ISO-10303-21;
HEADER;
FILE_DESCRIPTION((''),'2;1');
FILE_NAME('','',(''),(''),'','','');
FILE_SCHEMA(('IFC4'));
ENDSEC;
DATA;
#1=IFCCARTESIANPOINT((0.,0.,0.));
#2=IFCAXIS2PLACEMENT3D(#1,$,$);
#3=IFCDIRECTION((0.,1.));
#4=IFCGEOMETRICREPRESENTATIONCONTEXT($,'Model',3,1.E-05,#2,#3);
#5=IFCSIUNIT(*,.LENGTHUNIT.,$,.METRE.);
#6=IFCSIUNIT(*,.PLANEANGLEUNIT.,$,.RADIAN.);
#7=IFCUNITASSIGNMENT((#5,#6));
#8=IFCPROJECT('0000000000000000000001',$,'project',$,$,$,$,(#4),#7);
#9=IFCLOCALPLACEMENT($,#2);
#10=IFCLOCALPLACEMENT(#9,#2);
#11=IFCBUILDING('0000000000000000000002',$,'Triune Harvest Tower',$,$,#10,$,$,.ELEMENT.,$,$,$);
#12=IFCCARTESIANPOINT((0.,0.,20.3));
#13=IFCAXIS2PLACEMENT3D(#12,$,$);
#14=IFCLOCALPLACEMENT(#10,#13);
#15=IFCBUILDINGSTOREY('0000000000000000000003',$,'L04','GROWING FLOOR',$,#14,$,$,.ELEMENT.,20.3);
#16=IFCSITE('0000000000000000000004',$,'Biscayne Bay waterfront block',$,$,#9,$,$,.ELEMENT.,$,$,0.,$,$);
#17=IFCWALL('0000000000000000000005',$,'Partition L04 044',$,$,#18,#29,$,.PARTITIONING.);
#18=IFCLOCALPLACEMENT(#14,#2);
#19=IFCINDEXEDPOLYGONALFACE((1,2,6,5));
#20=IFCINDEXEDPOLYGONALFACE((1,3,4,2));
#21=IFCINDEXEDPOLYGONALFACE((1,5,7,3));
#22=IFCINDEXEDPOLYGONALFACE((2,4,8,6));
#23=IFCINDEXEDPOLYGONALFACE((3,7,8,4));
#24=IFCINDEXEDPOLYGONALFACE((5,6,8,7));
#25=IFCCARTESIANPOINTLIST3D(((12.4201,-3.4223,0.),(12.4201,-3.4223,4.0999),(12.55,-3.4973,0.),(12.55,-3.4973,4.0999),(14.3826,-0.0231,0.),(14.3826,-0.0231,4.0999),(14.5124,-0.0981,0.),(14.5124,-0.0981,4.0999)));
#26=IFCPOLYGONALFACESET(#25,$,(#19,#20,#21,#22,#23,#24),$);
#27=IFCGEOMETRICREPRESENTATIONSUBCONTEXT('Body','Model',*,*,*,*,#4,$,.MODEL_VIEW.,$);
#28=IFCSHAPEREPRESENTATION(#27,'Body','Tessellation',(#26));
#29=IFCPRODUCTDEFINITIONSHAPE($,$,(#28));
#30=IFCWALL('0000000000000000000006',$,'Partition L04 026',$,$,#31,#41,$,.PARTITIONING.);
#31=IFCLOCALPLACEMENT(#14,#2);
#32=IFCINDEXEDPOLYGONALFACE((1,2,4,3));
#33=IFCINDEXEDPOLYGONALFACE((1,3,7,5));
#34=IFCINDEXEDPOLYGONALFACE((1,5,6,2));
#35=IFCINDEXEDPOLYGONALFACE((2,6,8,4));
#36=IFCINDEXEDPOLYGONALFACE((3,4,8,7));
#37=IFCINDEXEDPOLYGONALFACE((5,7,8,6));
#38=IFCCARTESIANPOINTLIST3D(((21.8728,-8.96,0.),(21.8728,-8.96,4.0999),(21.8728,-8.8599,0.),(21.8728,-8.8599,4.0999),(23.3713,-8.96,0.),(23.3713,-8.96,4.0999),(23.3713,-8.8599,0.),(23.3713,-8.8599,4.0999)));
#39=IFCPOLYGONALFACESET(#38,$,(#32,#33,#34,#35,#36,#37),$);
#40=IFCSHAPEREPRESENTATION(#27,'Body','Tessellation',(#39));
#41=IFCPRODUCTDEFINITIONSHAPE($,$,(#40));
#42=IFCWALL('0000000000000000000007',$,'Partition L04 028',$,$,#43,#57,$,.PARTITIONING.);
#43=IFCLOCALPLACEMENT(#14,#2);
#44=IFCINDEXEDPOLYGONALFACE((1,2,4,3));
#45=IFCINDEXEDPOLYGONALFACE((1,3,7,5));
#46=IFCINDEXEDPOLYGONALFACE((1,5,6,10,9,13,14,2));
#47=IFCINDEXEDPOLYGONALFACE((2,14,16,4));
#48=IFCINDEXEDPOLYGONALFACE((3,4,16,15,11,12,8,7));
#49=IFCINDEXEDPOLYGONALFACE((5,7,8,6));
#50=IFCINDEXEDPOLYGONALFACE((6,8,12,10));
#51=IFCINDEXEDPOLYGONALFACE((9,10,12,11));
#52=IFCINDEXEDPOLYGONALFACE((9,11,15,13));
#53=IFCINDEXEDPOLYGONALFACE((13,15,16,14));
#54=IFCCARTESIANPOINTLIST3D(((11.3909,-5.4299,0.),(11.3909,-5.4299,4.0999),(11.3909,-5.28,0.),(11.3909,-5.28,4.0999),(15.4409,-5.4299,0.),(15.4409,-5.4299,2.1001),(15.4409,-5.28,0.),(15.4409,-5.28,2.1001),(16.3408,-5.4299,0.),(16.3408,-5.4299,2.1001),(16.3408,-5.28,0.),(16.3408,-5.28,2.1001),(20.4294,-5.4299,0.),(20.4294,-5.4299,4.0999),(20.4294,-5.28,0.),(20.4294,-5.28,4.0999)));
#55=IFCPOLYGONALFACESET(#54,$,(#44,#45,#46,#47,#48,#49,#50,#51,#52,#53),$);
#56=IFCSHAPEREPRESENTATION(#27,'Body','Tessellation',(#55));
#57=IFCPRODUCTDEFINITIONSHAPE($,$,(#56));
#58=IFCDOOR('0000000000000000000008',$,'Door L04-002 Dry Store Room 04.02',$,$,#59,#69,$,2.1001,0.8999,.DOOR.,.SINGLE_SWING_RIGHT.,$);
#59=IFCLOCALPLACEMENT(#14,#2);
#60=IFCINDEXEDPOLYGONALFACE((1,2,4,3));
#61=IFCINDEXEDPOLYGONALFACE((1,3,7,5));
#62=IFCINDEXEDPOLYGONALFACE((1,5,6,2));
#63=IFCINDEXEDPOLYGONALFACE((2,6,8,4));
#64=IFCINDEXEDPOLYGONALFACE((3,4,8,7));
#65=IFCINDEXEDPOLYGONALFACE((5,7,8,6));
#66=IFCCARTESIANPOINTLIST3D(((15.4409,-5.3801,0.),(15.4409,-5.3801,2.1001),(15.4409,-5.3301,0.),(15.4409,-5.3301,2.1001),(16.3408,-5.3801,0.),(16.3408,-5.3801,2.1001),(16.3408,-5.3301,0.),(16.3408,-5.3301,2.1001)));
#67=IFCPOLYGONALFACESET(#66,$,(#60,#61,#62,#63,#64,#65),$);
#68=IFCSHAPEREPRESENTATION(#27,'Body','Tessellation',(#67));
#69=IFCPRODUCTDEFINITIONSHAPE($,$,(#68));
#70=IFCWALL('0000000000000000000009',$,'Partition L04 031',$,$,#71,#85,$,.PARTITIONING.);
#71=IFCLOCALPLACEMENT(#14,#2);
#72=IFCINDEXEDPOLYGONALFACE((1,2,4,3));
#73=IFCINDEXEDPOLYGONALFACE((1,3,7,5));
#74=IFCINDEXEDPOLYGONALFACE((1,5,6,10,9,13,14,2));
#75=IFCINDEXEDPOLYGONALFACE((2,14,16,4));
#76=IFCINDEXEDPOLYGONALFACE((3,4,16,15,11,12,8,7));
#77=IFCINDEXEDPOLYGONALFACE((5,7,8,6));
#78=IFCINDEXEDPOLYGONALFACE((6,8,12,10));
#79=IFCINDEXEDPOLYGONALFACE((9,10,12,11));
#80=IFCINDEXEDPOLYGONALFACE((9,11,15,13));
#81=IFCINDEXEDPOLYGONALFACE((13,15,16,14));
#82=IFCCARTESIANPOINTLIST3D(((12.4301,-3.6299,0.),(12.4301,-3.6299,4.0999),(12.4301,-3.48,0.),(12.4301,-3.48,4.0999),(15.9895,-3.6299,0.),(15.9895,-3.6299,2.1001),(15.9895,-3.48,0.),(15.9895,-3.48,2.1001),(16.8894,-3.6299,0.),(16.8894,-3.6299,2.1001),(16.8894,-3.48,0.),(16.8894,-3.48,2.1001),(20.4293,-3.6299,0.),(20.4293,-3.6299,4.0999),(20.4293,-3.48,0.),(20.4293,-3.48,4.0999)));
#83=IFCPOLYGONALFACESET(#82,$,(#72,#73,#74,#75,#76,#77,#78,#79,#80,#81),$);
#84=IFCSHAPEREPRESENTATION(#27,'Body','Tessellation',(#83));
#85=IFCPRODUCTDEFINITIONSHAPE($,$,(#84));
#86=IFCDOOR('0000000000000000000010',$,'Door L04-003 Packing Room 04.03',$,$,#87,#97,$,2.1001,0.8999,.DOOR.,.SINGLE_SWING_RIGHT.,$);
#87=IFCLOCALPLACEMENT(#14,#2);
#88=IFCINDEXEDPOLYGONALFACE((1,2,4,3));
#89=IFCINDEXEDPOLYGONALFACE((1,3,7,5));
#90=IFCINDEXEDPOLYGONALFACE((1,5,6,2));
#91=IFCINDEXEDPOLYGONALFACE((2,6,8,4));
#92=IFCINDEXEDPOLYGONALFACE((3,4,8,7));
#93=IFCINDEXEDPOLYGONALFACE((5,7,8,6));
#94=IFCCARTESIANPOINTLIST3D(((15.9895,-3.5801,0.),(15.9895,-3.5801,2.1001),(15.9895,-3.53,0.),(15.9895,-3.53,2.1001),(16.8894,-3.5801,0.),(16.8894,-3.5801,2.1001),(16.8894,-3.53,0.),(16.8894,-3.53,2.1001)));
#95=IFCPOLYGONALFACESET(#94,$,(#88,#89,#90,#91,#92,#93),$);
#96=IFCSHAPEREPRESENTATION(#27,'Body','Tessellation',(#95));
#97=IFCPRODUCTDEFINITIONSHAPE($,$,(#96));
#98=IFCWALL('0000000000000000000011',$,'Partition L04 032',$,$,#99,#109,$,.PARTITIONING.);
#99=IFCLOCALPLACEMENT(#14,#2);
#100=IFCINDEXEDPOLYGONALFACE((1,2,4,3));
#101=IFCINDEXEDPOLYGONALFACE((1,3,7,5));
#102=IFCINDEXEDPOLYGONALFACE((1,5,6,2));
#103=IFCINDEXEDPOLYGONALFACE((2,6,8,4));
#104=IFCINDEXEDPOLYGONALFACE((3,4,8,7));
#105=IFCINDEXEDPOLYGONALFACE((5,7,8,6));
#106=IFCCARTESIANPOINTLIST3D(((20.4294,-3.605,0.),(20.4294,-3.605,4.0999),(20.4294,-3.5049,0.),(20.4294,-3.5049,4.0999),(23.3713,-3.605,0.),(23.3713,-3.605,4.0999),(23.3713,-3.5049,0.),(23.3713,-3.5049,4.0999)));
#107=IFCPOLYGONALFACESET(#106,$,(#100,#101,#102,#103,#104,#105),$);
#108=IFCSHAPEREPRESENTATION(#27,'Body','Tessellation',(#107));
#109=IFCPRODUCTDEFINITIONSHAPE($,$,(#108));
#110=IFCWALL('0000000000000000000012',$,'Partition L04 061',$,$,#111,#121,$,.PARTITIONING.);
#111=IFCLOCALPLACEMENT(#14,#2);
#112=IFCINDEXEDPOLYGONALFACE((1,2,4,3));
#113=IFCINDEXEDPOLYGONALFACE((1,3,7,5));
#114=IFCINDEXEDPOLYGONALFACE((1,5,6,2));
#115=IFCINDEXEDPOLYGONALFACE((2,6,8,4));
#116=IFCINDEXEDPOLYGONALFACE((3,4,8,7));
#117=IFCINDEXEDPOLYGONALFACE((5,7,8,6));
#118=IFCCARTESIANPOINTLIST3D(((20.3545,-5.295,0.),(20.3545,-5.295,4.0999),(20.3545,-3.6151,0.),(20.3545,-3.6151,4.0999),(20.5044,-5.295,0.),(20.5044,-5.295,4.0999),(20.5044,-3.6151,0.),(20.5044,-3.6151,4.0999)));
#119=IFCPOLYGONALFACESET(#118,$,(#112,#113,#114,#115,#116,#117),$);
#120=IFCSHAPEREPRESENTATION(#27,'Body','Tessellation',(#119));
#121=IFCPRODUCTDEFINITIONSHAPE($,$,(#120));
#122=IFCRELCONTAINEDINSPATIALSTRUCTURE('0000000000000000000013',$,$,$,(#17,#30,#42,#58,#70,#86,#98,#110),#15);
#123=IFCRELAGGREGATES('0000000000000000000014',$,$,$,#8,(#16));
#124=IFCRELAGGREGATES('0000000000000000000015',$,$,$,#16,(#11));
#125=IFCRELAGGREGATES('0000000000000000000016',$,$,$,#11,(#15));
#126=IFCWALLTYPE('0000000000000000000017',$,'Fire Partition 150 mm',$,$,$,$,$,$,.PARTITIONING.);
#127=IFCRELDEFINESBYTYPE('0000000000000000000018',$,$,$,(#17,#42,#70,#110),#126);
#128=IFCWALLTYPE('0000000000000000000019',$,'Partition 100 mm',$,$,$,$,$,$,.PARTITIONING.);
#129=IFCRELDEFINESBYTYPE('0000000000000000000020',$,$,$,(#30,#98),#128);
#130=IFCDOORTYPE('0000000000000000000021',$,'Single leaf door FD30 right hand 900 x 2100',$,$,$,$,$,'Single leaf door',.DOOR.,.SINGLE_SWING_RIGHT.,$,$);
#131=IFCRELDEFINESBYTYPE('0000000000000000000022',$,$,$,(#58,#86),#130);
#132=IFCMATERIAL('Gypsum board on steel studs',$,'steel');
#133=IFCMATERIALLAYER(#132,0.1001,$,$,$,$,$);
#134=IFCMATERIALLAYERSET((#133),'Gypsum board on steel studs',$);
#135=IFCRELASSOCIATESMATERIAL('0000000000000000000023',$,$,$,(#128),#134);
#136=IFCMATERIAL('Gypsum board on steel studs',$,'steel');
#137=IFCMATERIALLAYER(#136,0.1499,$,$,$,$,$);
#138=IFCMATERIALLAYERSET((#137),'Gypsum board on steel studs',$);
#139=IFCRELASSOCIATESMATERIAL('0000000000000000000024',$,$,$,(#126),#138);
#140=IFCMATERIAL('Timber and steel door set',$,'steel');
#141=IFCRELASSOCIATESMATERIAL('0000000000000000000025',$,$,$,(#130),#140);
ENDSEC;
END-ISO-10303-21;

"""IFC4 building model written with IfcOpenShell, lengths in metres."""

from ifc_helpers import new_model, si_unit, direction, frame, frame_2d, origin, place, context, subcontext, project, spatial, rectangle, extrude, source, transform, mapped, material, layer, layer_set, type_object, element, fill, save


model = new_model("IFC4")

# Units and contexts
model_context = context("Model", 3, precision=1e-05, world=origin(), true_north=direction((0.0, 1.0)))
body_context = subcontext(model_context, "Body", "Model", "MODEL_VIEW")
ifc_project = project(units=[si_unit("LENGTHUNIT", "METRE"), si_unit("PLANEANGLEUNIT", "RADIAN")], contexts=[model_context])

# Site, building, storey
site_placement = place(None, origin())
site = spatial("IfcSite", under=ifc_project, at=site_placement, Name="Biscayne Bay waterfront block", CompositionType="ELEMENT", RefElevation=0.0)
building_placement = place(site_placement, origin())
building = spatial("IfcBuilding", under=site, at=building_placement, Name="Triune Harvest Tower", CompositionType="ELEMENT")
storey_placement = place(building_placement, frame((0.0, 0.0, 20.3)))
storey = spatial("IfcBuildingStorey", under=building, at=storey_placement, Name="L04", Description="GROWING FLOOR", CompositionType="ELEMENT", Elevation=20.3)

# Walls
ifc_material_1 = material(Name="Gypsum board on steel studs", Category="steel")
ifc_layer_1 = layer(ifc_material_1, 0.1001)
ifc_layer_set_1 = layer_set([ifc_layer_1], Name="Gypsum board on steel studs")
wall_type_1 = type_object("IfcWallType", Name="Partition 100 mm", PredefinedType="PARTITIONING", material=ifc_layer_set_1)
ifc_material_2 = material(Name="Gypsum board on steel studs", Category="steel")
ifc_layer_2 = layer(ifc_material_2, 0.1499)
ifc_layer_set_2 = layer_set([ifc_layer_2], Name="Gypsum board on steel studs")
wall_type_2 = type_object("IfcWallType", Name="Fire Partition 150 mm", PredefinedType="PARTITIONING", material=ifc_layer_set_2)
shared_shape_1 = source(origin(), body_context, "Body", "SweptSolid", [
    extrude(rectangle(XDim=3.925, YDim=0.1499, at=frame_2d((1.9624, 0.0))), origin(), (0.0, 0.0, 1.0), 4.0999),
])
wall_1_placement = place(storey_placement, frame((12.4851, -3.4597, 0.0), z_axis=(0.0, 0.0, 1.0), x_axis=(0.499979, 0.866037, 0.0)))
element("IfcWall", 1, at=wall_1_placement, inside=storey, type_object=wall_type_2, Name="Partition L04 044", PredefinedType="PARTITIONING", context=body_context, shape_type="MappedRepresentation", body=[
    mapped(shared_shape_1, transform((0.0, 0.0, 0.0), scale=1.0)),
])
shared_shape_2 = source(origin(), body_context, "Body", "SweptSolid", [
    extrude(rectangle(XDim=1.4985, YDim=0.1001, at=frame_2d((0.7493, 0.0))), origin(), (0.0, 0.0, 1.0), 4.0999),
])
wall_2_placement = place(storey_placement, frame((21.8728, -8.9099, 0.0), z_axis=(0.0, 0.0, 1.0), x_axis=(1.0, 0.0, 0.0)))
element("IfcWall", 2, at=wall_2_placement, inside=storey, type_object=wall_type_1, Name="Partition L04 026", PredefinedType="PARTITIONING", context=body_context, shape_type="MappedRepresentation", body=[
    mapped(shared_shape_2, transform((0.0, 0.0, 0.0), scale=1.0)),
])

# Walls, openings, doors
shared_shape_3 = source(origin(), body_context, "Body", "SweptSolid", [
    extrude(rectangle(XDim=9.0386, YDim=0.1499, at=frame_2d((4.5193, 0.0))), origin(), (0.0, 0.0, 1.0), 4.0999),
])
wall_3_placement = place(storey_placement, frame((11.3909, -5.355, 0.0), z_axis=(0.0, 0.0, 1.0), x_axis=(1.0, 0.0, 0.0)))
wall_3 = element("IfcWall", 3, at=wall_3_placement, inside=storey, type_object=wall_type_2, Name="Partition L04 028", PredefinedType="PARTITIONING", context=body_context, shape_type="MappedRepresentation", body=[
    mapped(shared_shape_3, transform((0.0, 0.0, 0.0), scale=1.0)),
])
opening_1_placement = place(wall_3_placement, frame((4.05, 0.0, 0.0)))
opening_1 = element("IfcOpeningElement", 4, at=opening_1_placement, cuts=wall_3, PredefinedType="OPENING", context=body_context, shape_type="SweptSolid", body=[
    extrude(rectangle(XDim=0.8999, YDim=2.1001, at=frame_2d((0.45, 1.05))), frame((0.0, 0.085, 0.0), z_axis=(0.0, -1.0, 0.0), x_axis=(1.0, 0.0, 0.0)), (0.0, 0.0, 1.0), 0.1699),
])
ifc_material_3 = material(Name="Timber and steel door set", Category="steel")
door_type_1 = type_object("IfcDoorType", Name="Single leaf door FD30 right hand 900 x 2100", ElementType="Single leaf door", OperationType="SINGLE_SWING_RIGHT", PredefinedType="DOOR", material=ifc_material_3)
door_1_placement = place(opening_1_placement, origin())
door_1 = element("IfcDoor", 5, at=door_1_placement, inside=storey, type_object=door_type_1, Name="Door L04-002 Dry Store Room 04.02", OperationType="SINGLE_SWING_RIGHT", OverallHeight=2.1001, OverallWidth=0.8999, PredefinedType="DOOR", context=body_context, shape_type="SweptSolid", body=[
    extrude(rectangle(XDim=0.8999, YDim=2.1001, at=frame_2d((0.45, 1.05))), frame((0.0, 0.0249, 0.0), z_axis=(0.0, -1.0, 0.0), x_axis=(1.0, 0.0, 0.0)), (0.0, 0.0, 1.0), 0.05),
])
fill(opening_1, door_1)
shared_shape_4 = source(origin(), body_context, "Body", "SweptSolid", [
    extrude(rectangle(XDim=7.9993, YDim=0.1499, at=frame_2d((3.9995, 0.0))), origin(), (0.0, 0.0, 1.0), 4.0999),
])
wall_4_placement = place(storey_placement, frame((12.4302, -3.5549, 0.0), z_axis=(0.0, 0.0, 1.0), x_axis=(1.0, 0.0, 0.0)))
wall_4 = element("IfcWall", 6, at=wall_4_placement, inside=storey, type_object=wall_type_2, Name="Partition L04 031", PredefinedType="PARTITIONING", context=body_context, shape_type="MappedRepresentation", body=[
    mapped(shared_shape_4, transform((0.0, 0.0, 0.0), scale=1.0)),
])
opening_2_placement = place(wall_4_placement, frame((3.5593, 0.0, 0.0)))
opening_2 = element("IfcOpeningElement", 7, at=opening_2_placement, cuts=wall_4, PredefinedType="OPENING", context=body_context, shape_type="SweptSolid", body=[
    extrude(rectangle(XDim=0.8999, YDim=2.1001, at=frame_2d((0.45, 1.05))), frame((0.0, 0.085, 0.0), z_axis=(0.0, -1.0, 0.0), x_axis=(1.0, 0.0, 0.0)), (0.0, 0.0, 1.0), 0.1699),
])
door_2_placement = place(opening_2_placement, origin())
door_2 = element("IfcDoor", 8, at=door_2_placement, inside=storey, type_object=door_type_1, Name="Door L04-003 Packing Room 04.03", OperationType="SINGLE_SWING_RIGHT", OverallHeight=2.1001, OverallWidth=0.8999, PredefinedType="DOOR", context=body_context, shape_type="SweptSolid", body=[
    extrude(rectangle(XDim=0.8999, YDim=2.1001, at=frame_2d((0.45, 1.05))), frame((0.0, 0.0249, 0.0), z_axis=(0.0, -1.0, 0.0), x_axis=(1.0, 0.0, 0.0)), (0.0, 0.0, 1.0), 0.05),
])
fill(opening_2, door_2)

# Walls
shared_shape_5 = source(origin(), body_context, "Body", "SweptSolid", [
    extrude(rectangle(XDim=2.9419, YDim=0.1001, at=frame_2d((1.4709, 0.0))), origin(), (0.0, 0.0, 1.0), 4.0999),
])
wall_5_placement = place(storey_placement, frame((20.4294, -3.5549, 0.0), z_axis=(0.0, 0.0, 1.0), x_axis=(1.0, 0.0, 0.0)))
element("IfcWall", 9, at=wall_5_placement, inside=storey, type_object=wall_type_1, Name="Partition L04 032", PredefinedType="PARTITIONING", context=body_context, shape_type="MappedRepresentation", body=[
    mapped(shared_shape_5, transform((0.0, 0.0, 0.0), scale=1.0)),
])
shared_shape_6 = source(origin(), body_context, "Body", "SweptSolid", [
    extrude(rectangle(XDim=1.6799, YDim=0.1499, at=frame_2d((0.8398, 0.0))), origin(), (0.0, 0.0, 1.0), 4.0999),
])
wall_6_placement = place(storey_placement, frame((20.4294, -5.2949, 0.0), z_axis=(0.0, 0.0, 1.0), x_axis=(0.0, 1.0, 0.0)))
element("IfcWall", 10, at=wall_6_placement, inside=storey, type_object=wall_type_2, Name="Partition L04 061", PredefinedType="PARTITIONING", context=body_context, shape_type="MappedRepresentation", body=[
    mapped(shared_shape_6, transform((0.0, 0.0, 0.0), scale=1.0)),
])

save(model, "model.ifc")
